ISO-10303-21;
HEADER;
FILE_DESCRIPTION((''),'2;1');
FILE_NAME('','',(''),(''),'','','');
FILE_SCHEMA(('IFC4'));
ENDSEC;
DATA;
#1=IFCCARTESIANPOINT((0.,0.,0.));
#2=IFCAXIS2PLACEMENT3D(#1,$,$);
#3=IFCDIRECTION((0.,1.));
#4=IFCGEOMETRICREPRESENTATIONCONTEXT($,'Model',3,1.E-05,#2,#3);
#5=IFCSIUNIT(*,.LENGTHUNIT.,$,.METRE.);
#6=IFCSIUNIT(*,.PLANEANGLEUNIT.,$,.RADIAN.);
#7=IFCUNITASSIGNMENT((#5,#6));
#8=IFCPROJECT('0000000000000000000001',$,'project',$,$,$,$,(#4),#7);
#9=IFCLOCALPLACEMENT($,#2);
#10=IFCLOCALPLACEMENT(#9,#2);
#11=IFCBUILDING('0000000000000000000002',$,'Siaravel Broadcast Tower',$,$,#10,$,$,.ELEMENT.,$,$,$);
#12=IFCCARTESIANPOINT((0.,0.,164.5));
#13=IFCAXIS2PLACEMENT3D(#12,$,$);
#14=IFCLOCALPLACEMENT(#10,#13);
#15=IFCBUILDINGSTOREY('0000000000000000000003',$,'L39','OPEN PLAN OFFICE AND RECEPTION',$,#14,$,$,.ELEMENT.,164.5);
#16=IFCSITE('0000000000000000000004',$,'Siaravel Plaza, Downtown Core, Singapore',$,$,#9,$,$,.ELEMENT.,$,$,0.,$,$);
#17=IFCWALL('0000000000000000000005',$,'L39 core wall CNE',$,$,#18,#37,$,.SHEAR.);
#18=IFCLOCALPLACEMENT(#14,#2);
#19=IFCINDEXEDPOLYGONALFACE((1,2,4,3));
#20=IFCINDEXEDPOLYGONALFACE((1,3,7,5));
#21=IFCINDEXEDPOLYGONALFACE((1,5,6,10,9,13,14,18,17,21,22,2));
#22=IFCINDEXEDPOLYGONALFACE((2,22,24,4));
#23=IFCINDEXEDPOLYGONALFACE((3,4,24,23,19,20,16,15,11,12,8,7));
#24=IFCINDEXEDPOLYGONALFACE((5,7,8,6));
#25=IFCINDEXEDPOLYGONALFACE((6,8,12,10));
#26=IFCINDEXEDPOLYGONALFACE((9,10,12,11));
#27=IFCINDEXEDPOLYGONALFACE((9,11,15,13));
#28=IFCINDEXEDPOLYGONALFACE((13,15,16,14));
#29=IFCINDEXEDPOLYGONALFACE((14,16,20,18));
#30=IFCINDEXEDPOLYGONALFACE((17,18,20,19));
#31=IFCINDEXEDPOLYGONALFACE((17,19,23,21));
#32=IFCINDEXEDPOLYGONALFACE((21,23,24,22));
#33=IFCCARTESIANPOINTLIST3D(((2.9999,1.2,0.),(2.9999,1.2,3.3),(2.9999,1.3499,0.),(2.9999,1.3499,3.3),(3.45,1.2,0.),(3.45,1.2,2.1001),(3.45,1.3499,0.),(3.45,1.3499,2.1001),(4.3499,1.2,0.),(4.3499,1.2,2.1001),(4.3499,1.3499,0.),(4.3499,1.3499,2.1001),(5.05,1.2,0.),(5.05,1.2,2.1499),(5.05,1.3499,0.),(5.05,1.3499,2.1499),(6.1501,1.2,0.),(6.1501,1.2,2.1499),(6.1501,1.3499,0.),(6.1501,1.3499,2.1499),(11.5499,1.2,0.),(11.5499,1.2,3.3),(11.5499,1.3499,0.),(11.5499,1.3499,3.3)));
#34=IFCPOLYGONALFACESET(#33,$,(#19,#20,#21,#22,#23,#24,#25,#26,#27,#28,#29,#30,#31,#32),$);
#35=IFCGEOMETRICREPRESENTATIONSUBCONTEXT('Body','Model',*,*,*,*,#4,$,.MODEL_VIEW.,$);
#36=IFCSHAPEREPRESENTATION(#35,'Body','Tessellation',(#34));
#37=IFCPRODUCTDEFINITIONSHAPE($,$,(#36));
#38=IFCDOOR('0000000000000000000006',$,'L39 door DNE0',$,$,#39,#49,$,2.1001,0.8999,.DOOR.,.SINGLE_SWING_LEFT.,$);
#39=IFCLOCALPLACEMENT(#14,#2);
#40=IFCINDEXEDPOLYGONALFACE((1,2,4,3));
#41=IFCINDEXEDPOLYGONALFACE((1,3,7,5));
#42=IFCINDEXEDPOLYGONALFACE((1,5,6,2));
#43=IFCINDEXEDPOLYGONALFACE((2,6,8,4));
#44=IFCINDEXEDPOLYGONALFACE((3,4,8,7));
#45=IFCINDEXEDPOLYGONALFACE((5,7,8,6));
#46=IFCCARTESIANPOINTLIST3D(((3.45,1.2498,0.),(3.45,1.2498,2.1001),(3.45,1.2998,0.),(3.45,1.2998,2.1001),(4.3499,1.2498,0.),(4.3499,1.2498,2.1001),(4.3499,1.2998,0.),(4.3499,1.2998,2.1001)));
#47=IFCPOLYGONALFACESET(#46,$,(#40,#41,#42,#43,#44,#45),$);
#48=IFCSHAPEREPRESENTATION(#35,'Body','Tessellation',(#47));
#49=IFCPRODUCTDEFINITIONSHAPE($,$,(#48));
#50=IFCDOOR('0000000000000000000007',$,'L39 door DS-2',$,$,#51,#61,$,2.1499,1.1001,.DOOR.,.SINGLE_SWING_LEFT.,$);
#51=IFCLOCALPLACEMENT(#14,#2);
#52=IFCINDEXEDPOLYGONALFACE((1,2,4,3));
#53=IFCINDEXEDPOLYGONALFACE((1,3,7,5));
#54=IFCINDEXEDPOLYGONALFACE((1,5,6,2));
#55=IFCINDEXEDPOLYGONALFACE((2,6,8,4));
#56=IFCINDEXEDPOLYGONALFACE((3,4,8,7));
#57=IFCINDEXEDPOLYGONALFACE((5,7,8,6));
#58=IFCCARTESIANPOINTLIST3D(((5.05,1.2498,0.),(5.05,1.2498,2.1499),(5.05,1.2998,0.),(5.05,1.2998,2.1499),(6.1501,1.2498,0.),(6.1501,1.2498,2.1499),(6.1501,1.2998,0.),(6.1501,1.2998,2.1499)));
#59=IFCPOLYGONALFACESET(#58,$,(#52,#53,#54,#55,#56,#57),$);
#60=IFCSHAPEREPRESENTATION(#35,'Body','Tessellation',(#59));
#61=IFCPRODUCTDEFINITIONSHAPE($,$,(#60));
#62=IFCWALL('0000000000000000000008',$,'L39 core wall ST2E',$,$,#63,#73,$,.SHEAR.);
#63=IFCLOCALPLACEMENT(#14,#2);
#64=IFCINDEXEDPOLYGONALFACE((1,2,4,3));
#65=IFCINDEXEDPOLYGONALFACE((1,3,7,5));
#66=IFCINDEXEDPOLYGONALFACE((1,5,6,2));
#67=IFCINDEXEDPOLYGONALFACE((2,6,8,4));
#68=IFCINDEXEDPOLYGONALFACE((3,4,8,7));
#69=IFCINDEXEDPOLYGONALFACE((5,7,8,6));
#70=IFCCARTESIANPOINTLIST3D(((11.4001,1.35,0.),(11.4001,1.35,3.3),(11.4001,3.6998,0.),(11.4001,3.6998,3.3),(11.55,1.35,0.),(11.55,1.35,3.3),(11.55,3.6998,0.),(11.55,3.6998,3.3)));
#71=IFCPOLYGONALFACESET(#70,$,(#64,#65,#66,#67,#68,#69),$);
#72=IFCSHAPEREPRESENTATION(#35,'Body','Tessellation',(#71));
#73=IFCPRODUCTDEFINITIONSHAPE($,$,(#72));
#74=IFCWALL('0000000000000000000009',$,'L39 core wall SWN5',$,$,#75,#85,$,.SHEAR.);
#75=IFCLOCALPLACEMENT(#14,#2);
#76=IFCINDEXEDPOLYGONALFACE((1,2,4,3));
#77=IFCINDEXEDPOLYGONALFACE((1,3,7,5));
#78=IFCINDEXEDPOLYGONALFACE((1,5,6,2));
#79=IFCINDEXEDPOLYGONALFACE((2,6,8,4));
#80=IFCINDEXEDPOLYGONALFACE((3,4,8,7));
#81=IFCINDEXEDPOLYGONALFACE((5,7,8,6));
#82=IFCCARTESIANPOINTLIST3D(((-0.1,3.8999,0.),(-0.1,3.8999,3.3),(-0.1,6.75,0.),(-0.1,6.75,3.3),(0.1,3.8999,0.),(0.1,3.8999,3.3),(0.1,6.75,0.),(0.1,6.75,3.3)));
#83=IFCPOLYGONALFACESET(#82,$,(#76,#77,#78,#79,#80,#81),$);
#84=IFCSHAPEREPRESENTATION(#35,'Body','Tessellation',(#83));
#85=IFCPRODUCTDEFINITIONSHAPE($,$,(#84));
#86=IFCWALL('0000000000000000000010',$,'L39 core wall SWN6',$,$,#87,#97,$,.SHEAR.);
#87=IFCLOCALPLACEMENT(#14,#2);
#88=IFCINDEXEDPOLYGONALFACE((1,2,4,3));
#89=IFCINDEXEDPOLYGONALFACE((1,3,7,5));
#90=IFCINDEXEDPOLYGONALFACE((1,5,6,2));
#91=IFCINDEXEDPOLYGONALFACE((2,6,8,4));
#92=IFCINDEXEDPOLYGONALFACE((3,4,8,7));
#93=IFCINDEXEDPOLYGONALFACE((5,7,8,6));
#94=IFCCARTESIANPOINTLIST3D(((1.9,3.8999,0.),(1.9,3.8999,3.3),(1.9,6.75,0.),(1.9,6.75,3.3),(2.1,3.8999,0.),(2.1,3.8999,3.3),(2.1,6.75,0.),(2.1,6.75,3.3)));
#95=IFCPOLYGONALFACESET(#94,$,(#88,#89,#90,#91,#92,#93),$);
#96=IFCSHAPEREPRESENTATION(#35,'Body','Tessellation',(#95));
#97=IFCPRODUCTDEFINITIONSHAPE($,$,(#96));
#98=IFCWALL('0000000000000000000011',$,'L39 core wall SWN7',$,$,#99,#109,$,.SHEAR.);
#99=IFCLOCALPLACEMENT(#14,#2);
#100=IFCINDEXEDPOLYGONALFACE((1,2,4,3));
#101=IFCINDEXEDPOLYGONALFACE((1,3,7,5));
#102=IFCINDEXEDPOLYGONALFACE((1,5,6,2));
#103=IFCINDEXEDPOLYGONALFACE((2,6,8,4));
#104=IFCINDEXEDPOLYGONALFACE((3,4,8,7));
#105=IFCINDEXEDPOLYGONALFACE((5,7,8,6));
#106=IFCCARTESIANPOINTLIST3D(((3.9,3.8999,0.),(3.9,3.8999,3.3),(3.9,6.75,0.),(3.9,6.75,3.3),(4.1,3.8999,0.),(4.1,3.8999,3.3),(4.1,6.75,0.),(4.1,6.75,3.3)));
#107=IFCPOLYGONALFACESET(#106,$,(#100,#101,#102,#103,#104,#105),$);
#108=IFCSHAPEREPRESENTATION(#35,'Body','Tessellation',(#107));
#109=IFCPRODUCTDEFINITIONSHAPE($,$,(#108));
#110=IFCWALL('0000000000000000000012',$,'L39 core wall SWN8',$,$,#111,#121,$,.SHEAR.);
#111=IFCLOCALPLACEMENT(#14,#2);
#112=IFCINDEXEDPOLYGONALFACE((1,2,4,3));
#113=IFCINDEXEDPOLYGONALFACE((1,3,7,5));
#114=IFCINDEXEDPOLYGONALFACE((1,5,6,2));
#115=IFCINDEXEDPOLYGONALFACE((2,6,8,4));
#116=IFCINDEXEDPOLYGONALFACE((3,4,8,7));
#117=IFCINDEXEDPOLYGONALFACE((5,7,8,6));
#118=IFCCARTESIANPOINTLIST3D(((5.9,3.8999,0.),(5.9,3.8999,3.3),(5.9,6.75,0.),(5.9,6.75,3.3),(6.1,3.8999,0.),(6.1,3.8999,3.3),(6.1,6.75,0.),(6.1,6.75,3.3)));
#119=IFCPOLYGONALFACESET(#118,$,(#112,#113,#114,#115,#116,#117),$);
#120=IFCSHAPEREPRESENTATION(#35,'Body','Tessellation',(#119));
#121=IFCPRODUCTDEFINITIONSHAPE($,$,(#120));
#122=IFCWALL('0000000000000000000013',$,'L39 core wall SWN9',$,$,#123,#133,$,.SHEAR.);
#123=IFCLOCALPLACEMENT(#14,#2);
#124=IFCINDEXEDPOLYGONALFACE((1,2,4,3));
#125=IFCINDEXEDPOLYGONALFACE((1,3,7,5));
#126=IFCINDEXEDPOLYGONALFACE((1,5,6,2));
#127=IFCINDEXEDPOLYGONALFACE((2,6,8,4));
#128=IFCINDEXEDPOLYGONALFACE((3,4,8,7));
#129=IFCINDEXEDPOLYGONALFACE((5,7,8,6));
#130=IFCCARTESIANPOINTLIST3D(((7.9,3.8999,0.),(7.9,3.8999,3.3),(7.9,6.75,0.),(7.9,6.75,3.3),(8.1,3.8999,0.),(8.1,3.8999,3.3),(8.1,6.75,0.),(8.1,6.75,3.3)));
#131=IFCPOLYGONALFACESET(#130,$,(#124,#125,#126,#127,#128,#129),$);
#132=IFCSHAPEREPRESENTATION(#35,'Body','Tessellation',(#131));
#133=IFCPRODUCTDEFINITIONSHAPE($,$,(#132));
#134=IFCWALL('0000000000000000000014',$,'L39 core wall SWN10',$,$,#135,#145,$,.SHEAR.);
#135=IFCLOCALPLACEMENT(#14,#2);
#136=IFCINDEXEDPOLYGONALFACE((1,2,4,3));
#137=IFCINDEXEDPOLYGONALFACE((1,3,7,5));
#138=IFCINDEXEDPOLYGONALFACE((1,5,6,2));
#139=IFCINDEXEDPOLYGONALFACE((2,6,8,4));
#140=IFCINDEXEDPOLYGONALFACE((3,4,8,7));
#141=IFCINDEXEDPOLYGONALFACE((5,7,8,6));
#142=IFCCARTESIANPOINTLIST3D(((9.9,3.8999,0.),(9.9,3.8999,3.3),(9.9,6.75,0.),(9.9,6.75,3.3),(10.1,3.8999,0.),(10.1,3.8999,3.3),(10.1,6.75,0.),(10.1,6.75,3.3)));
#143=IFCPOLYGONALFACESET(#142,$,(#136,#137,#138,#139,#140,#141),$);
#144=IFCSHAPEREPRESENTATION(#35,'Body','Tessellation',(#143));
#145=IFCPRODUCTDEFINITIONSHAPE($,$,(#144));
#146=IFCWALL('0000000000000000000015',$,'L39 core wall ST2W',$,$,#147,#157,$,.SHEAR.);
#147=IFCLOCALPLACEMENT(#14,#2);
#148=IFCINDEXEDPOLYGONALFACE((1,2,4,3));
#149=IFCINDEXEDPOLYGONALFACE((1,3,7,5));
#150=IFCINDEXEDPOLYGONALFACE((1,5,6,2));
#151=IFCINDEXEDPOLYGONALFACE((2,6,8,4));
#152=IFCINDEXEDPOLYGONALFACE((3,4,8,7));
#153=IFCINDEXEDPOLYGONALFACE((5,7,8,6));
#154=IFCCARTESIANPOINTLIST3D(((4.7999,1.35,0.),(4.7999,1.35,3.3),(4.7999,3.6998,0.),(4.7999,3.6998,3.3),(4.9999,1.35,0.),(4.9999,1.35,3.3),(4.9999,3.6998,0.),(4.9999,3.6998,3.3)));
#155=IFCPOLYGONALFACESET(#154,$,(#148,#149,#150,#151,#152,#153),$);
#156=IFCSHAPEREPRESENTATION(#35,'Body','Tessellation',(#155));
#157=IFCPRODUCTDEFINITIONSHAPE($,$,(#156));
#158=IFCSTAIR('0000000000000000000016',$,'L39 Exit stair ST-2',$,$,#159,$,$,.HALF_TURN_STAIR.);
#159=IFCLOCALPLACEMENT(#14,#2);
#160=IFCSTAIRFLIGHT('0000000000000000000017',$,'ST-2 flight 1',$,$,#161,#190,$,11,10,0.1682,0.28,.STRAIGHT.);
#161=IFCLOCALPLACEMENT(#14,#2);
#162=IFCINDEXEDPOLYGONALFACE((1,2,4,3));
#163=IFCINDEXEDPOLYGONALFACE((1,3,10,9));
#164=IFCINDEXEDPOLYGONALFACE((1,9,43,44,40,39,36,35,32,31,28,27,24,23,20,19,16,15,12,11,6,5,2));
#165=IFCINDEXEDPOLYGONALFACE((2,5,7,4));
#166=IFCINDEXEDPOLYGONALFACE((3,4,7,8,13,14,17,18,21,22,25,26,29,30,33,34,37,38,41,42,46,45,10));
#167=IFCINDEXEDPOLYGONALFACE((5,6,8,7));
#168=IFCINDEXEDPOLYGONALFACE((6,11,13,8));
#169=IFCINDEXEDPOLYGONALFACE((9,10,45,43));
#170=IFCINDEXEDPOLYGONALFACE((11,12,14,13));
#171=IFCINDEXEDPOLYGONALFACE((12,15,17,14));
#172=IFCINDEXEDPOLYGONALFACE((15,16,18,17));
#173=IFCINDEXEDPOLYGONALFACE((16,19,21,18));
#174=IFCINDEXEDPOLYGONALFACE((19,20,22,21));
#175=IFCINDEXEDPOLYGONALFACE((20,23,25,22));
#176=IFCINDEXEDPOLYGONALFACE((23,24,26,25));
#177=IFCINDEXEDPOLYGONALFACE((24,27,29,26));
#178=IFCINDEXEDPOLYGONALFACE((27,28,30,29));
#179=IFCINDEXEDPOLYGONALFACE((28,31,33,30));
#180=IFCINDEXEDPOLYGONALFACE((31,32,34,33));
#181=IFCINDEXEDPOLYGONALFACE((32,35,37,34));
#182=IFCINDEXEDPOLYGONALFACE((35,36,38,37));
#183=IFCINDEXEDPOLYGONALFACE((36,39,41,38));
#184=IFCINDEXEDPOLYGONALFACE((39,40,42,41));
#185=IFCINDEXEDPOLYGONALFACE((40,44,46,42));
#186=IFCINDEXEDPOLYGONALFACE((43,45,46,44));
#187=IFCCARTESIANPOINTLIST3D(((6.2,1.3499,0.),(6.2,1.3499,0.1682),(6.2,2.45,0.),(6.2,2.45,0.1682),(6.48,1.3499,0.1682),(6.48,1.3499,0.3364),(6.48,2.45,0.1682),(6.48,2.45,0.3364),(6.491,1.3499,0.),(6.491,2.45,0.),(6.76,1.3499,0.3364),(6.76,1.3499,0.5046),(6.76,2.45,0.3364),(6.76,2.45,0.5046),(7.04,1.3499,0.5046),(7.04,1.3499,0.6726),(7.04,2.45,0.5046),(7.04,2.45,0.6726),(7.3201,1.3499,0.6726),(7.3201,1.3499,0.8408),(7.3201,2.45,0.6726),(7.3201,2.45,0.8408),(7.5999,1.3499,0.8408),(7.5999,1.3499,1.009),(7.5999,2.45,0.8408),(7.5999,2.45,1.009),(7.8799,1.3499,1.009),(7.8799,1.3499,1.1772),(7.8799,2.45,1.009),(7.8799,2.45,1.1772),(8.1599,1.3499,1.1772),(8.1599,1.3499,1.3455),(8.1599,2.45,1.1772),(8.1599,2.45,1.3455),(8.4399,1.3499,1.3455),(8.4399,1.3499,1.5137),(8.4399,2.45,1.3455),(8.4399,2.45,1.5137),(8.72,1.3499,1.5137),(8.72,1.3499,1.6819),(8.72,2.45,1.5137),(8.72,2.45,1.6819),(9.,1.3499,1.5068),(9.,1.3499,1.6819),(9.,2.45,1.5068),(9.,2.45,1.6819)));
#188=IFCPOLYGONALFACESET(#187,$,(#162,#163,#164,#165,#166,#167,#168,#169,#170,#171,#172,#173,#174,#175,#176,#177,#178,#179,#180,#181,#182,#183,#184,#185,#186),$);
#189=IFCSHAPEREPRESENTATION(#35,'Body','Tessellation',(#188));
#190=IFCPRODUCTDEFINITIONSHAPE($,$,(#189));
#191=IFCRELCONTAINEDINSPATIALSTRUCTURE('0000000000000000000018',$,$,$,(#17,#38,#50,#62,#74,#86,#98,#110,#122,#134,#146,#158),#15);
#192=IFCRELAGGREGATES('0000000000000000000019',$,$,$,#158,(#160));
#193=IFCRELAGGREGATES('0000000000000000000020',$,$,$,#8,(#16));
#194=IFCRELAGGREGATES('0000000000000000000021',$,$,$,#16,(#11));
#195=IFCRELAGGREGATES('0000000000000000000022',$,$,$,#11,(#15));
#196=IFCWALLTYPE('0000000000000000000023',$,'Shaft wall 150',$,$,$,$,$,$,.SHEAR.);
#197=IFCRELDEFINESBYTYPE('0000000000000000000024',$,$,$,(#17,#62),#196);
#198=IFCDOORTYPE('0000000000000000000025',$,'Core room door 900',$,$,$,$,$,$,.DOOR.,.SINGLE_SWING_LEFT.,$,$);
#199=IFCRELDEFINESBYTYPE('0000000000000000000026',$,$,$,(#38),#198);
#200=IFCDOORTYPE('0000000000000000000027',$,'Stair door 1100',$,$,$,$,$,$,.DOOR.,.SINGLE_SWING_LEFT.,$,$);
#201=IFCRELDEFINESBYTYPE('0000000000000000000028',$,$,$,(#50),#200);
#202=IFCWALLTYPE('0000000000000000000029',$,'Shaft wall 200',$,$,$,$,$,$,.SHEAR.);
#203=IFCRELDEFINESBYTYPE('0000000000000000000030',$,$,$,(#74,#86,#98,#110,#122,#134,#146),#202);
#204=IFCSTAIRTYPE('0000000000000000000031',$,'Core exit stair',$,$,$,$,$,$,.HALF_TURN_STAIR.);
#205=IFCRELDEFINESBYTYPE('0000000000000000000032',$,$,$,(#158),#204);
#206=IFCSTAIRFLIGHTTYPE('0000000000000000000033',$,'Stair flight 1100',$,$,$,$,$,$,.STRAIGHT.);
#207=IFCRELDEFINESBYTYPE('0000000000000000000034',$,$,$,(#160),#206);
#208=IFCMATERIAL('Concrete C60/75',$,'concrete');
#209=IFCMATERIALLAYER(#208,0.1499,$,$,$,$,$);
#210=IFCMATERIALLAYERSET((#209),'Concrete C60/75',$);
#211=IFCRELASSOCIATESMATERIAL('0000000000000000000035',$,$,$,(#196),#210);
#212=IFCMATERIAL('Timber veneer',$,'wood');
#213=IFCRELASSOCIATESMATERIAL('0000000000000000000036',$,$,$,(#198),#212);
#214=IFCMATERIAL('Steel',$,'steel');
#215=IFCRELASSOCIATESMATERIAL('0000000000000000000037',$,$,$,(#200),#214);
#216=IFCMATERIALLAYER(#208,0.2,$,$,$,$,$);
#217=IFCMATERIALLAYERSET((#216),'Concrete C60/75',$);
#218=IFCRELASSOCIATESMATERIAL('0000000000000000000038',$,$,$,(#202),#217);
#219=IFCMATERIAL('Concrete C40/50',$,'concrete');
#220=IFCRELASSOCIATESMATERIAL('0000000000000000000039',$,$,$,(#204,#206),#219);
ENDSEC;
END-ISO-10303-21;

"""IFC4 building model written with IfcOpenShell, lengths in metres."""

from ifc_helpers import new_model, si_unit, direction, frame, frame_2d, origin, place, context, subcontext, project, spatial, polyline, rectangle, outline, extrude, material, layer, layer_set, type_object, element, fill, aggregate, save


model = new_model("IFC4")

# Units and contexts
model_context = context("Model", 3, precision=1e-05, world=origin(), true_north=direction((0.0, 1.0)))
body_context = subcontext(model_context, "Body", "Model", "MODEL_VIEW")
ifc_project = project(units=[si_unit("LENGTHUNIT", "METRE"), si_unit("PLANEANGLEUNIT", "RADIAN")], contexts=[model_context])

# Site, building, storey
site_placement = place(None, origin())
site = spatial("IfcSite", under=ifc_project, at=site_placement, Name="Siaravel Plaza, Downtown Core, Singapore", CompositionType="ELEMENT", RefElevation=0.0)
building_placement = place(site_placement, origin())
building = spatial("IfcBuilding", under=site, at=building_placement, Name="Siaravel Broadcast Tower", CompositionType="ELEMENT")
storey_placement = place(building_placement, frame((0.0, 0.0, 164.5)))
storey = spatial("IfcBuildingStorey", under=building, at=storey_placement, Name="L39", Description="OPEN PLAN OFFICE AND RECEPTION", CompositionType="ELEMENT", Elevation=164.5)

# Shared definitions
ifc_material_1 = material(Name="Concrete C60/75", Category="concrete")

# Shared definitions
ifc_material_2 = material(Name="Timber veneer", Category="wood")

# Wall, openings, doors
ifc_layer_1 = layer(ifc_material_1, 0.1499)
ifc_layer_set_1 = layer_set([ifc_layer_1], Name="Concrete C60/75")
wall_type_1 = type_object("IfcWallType", Name="Shaft wall 150", PredefinedType="SHEAR", material=ifc_layer_set_1)
wall_1_placement = place(storey_placement, frame((3.0, 1.2749, 0.0), z_axis=(0.0, 0.0, 1.0), x_axis=(1.0, 0.0, 0.0)))
wall_1 = element("IfcWall", 1, at=wall_1_placement, inside=storey, type_object=wall_type_1, Name="L39 core wall CNE", PredefinedType="SHEAR", context=body_context, shape_type="SweptSolid", body=[
    extrude(rectangle(XDim=8.55, YDim=0.1499, at=frame_2d((4.2749, 0.0))), origin(), (0.0, 0.0, 1.0), 3.3),
])
opening_1_placement = place(wall_1_placement, frame((2.05, 0.0, 0.0)))
opening_1 = element("IfcOpeningElement", 2, at=opening_1_placement, cuts=wall_1, PredefinedType="OPENING", context=body_context, shape_type="SweptSolid", body=[
    extrude(rectangle(XDim=1.1001, YDim=2.1499, at=frame_2d((0.55, 1.075))), frame((0.0, 0.085, 0.0), z_axis=(0.0, -1.0, 0.0), x_axis=(1.0, 0.0, 0.0)), (0.0, 0.0, 1.0), 0.1699),
])
opening_2_placement = place(wall_1_placement, frame((0.45, 0.0, 0.0)))
opening_2 = element("IfcOpeningElement", 3, at=opening_2_placement, cuts=wall_1, PredefinedType="OPENING", context=body_context, shape_type="SweptSolid", body=[
    extrude(rectangle(XDim=0.8999, YDim=2.1001, at=frame_2d((0.45, 1.05))), frame((0.0, 0.085, 0.0), z_axis=(0.0, -1.0, 0.0), x_axis=(1.0, 0.0, 0.0)), (0.0, 0.0, 1.0), 0.1699),
])
door_type_1 = type_object("IfcDoorType", Name="Core room door 900", OperationType="SINGLE_SWING_LEFT", PredefinedType="DOOR", material=ifc_material_2)
door_1_placement = place(opening_2_placement, origin())
door_1 = element("IfcDoor", 4, at=door_1_placement, inside=storey, type_object=door_type_1, Name="L39 door DNE0", OperationType="SINGLE_SWING_LEFT", OverallHeight=2.1001, OverallWidth=0.8999, PredefinedType="DOOR", context=body_context, shape_type="SweptSolid", body=[
    extrude(rectangle(XDim=0.8999, YDim=2.1001, at=frame_2d((0.45, 1.05))), frame((0.0, 0.0249, 0.0), z_axis=(0.0, -1.0, 0.0), x_axis=(1.0, 0.0, 0.0)), (0.0, 0.0, 1.0), 0.05),
])
fill(opening_2, door_1)
ifc_material_3 = material(Name="Steel", Category="steel")
door_type_2 = type_object("IfcDoorType", Name="Stair door 1100", OperationType="SINGLE_SWING_LEFT", PredefinedType="DOOR", material=ifc_material_3)
door_2_placement = place(opening_1_placement, origin())
door_2 = element("IfcDoor", 5, at=door_2_placement, inside=storey, type_object=door_type_2, Name="L39 door DS-2", OperationType="SINGLE_SWING_LEFT", OverallHeight=2.1499, OverallWidth=1.1001, PredefinedType="DOOR", context=body_context, shape_type="SweptSolid", body=[
    extrude(rectangle(XDim=1.1001, YDim=2.1499, at=frame_2d((0.55, 1.075))), frame((0.0, 0.0249, 0.0), z_axis=(0.0, -1.0, 0.0), x_axis=(1.0, 0.0, 0.0)), (0.0, 0.0, 1.0), 0.05),
])
fill(opening_1, door_2)

# Walls
wall_2_placement = place(storey_placement, frame((11.4751, 1.3501, 0.0), z_axis=(0.0, 0.0, 1.0), x_axis=(0.0, 1.0, 0.0)))
element("IfcWall", 6, at=wall_2_placement, inside=storey, type_object=wall_type_1, Name="L39 core wall ST2E", PredefinedType="SHEAR", context=body_context, shape_type="SweptSolid", body=[
    extrude(rectangle(XDim=2.3499, YDim=0.1499, at=frame_2d((1.1748, 0.0))), origin(), (0.0, 0.0, 1.0), 3.3),
])
ifc_layer_2 = layer(ifc_material_1, 0.2)
ifc_layer_set_2 = layer_set([ifc_layer_2], Name="Concrete C60/75")
wall_type_2 = type_object("IfcWallType", Name="Shaft wall 200", PredefinedType="SHEAR", material=ifc_layer_set_2)
for number, where, z_axis, x_axis, name in (
    (7, (0.0, 3.8999, 0.0), (0.0, 0.0, 1.0), (0.0, 1.0, 0.0), "L39 core wall SWN5"),
    (8, (2.0, 3.8999, 0.0), (0.0, 0.0, 1.0), (0.0, 1.0, 0.0), "L39 core wall SWN6"),
    (9, (4.0, 3.8999, 0.0), (0.0, 0.0, 1.0), (0.0, 1.0, 0.0), "L39 core wall SWN7"),
    (10, (6.0, 3.8999, 0.0), (0.0, 0.0, 1.0), (0.0, 1.0, 0.0), "L39 core wall SWN8"),
    (11, (8.0, 3.8999, 0.0), (0.0, 0.0, 1.0), (0.0, 1.0, 0.0), "L39 core wall SWN9"),
    (12, (10.0, 3.8999, 0.0), (0.0, 0.0, 1.0), (0.0, 1.0, 0.0), "L39 core wall SWN10"),
):
    element("IfcWall", number, at=place(storey_placement, frame(where, z_axis=z_axis, x_axis=x_axis)), inside=storey, type_object=wall_type_2, Name=name, PredefinedType="SHEAR", context=body_context, shape_type="SweptSolid", body=[
        extrude(rectangle(XDim=2.8501, YDim=0.2, at=frame_2d((1.425, 0.0))), origin(), (0.0, 0.0, 1.0), 3.3),
    ])
wall_3_placement = place(storey_placement, frame((4.8999, 1.3501, 0.0), z_axis=(0.0, 0.0, 1.0), x_axis=(0.0, 1.0, 0.0)))
element("IfcWall", 13, at=wall_3_placement, inside=storey, type_object=wall_type_2, Name="L39 core wall ST2W", PredefinedType="SHEAR", context=body_context, shape_type="SweptSolid", body=[
    extrude(rectangle(XDim=2.3499, YDim=0.2, at=frame_2d((1.1748, 0.0))), origin(), (0.0, 0.0, 1.0), 3.3),
])

# Stair, stair flight
ifc_material_4 = material(Name="Concrete C40/50", Category="concrete")
stair_type = type_object("IfcStairType", Name="Core exit stair", PredefinedType="HALF_TURN_STAIR", material=ifc_material_4)
stair_placement = place(storey_placement, origin())
stair = element("IfcStair", 14, at=stair_placement, inside=storey, type_object=stair_type, Name="L39 Exit stair ST-2", PredefinedType="HALF_TURN_STAIR")
stair_flight_type = type_object("IfcStairFlightType", Name="Stair flight 1100", PredefinedType="STRAIGHT", material=ifc_material_4)
stair_flight_1_placement = place(storey_placement, frame((6.2, 1.8999, 0.0), z_axis=(0.0, 0.0, 1.0), x_axis=(1.0, 0.0, 0.0)))
stair_flight_1 = element("IfcStairFlight", 15, at=stair_flight_1_placement, type_object=stair_flight_type, Name="ST-2 flight 1", NumberOfRisers=11, NumberOfTreads=10, PredefinedType="STRAIGHT", RiserHeight=0.1682, TreadLength=0.28, context=body_context, shape_type="SweptSolid", body=[
    extrude(outline(polyline([(0.0, 0.0), (0.0, 0.1682), (0.28, 0.1682), (0.28, 0.3364), (0.5601, 0.3364), (0.5601, 0.5046), (0.8401, 0.5046), (0.8401, 0.6726), (1.1201, 0.6726), (1.1201, 0.8408), (1.3999, 0.8408), (1.3999, 1.009), (1.6799, 1.009), (1.6799, 1.1772), (1.96, 1.1772), (1.96, 1.3455), (2.24, 1.3455), (2.24, 1.5137), (2.52, 1.5137), (2.52, 1.6819), (2.8, 1.6819), (2.8, 1.8501), (2.8, 1.5068), (0.291, 0.0), (0.0, 0.0)])), frame((0.0, 0.55, 0.0), z_axis=(0.0, -1.0, 0.0), x_axis=(1.0, 0.0, 0.0)), (0.0, 0.0, 1.0), 1.1001),
])
aggregate(stair, [stair_flight_1])

save(model, "model.ifc")
